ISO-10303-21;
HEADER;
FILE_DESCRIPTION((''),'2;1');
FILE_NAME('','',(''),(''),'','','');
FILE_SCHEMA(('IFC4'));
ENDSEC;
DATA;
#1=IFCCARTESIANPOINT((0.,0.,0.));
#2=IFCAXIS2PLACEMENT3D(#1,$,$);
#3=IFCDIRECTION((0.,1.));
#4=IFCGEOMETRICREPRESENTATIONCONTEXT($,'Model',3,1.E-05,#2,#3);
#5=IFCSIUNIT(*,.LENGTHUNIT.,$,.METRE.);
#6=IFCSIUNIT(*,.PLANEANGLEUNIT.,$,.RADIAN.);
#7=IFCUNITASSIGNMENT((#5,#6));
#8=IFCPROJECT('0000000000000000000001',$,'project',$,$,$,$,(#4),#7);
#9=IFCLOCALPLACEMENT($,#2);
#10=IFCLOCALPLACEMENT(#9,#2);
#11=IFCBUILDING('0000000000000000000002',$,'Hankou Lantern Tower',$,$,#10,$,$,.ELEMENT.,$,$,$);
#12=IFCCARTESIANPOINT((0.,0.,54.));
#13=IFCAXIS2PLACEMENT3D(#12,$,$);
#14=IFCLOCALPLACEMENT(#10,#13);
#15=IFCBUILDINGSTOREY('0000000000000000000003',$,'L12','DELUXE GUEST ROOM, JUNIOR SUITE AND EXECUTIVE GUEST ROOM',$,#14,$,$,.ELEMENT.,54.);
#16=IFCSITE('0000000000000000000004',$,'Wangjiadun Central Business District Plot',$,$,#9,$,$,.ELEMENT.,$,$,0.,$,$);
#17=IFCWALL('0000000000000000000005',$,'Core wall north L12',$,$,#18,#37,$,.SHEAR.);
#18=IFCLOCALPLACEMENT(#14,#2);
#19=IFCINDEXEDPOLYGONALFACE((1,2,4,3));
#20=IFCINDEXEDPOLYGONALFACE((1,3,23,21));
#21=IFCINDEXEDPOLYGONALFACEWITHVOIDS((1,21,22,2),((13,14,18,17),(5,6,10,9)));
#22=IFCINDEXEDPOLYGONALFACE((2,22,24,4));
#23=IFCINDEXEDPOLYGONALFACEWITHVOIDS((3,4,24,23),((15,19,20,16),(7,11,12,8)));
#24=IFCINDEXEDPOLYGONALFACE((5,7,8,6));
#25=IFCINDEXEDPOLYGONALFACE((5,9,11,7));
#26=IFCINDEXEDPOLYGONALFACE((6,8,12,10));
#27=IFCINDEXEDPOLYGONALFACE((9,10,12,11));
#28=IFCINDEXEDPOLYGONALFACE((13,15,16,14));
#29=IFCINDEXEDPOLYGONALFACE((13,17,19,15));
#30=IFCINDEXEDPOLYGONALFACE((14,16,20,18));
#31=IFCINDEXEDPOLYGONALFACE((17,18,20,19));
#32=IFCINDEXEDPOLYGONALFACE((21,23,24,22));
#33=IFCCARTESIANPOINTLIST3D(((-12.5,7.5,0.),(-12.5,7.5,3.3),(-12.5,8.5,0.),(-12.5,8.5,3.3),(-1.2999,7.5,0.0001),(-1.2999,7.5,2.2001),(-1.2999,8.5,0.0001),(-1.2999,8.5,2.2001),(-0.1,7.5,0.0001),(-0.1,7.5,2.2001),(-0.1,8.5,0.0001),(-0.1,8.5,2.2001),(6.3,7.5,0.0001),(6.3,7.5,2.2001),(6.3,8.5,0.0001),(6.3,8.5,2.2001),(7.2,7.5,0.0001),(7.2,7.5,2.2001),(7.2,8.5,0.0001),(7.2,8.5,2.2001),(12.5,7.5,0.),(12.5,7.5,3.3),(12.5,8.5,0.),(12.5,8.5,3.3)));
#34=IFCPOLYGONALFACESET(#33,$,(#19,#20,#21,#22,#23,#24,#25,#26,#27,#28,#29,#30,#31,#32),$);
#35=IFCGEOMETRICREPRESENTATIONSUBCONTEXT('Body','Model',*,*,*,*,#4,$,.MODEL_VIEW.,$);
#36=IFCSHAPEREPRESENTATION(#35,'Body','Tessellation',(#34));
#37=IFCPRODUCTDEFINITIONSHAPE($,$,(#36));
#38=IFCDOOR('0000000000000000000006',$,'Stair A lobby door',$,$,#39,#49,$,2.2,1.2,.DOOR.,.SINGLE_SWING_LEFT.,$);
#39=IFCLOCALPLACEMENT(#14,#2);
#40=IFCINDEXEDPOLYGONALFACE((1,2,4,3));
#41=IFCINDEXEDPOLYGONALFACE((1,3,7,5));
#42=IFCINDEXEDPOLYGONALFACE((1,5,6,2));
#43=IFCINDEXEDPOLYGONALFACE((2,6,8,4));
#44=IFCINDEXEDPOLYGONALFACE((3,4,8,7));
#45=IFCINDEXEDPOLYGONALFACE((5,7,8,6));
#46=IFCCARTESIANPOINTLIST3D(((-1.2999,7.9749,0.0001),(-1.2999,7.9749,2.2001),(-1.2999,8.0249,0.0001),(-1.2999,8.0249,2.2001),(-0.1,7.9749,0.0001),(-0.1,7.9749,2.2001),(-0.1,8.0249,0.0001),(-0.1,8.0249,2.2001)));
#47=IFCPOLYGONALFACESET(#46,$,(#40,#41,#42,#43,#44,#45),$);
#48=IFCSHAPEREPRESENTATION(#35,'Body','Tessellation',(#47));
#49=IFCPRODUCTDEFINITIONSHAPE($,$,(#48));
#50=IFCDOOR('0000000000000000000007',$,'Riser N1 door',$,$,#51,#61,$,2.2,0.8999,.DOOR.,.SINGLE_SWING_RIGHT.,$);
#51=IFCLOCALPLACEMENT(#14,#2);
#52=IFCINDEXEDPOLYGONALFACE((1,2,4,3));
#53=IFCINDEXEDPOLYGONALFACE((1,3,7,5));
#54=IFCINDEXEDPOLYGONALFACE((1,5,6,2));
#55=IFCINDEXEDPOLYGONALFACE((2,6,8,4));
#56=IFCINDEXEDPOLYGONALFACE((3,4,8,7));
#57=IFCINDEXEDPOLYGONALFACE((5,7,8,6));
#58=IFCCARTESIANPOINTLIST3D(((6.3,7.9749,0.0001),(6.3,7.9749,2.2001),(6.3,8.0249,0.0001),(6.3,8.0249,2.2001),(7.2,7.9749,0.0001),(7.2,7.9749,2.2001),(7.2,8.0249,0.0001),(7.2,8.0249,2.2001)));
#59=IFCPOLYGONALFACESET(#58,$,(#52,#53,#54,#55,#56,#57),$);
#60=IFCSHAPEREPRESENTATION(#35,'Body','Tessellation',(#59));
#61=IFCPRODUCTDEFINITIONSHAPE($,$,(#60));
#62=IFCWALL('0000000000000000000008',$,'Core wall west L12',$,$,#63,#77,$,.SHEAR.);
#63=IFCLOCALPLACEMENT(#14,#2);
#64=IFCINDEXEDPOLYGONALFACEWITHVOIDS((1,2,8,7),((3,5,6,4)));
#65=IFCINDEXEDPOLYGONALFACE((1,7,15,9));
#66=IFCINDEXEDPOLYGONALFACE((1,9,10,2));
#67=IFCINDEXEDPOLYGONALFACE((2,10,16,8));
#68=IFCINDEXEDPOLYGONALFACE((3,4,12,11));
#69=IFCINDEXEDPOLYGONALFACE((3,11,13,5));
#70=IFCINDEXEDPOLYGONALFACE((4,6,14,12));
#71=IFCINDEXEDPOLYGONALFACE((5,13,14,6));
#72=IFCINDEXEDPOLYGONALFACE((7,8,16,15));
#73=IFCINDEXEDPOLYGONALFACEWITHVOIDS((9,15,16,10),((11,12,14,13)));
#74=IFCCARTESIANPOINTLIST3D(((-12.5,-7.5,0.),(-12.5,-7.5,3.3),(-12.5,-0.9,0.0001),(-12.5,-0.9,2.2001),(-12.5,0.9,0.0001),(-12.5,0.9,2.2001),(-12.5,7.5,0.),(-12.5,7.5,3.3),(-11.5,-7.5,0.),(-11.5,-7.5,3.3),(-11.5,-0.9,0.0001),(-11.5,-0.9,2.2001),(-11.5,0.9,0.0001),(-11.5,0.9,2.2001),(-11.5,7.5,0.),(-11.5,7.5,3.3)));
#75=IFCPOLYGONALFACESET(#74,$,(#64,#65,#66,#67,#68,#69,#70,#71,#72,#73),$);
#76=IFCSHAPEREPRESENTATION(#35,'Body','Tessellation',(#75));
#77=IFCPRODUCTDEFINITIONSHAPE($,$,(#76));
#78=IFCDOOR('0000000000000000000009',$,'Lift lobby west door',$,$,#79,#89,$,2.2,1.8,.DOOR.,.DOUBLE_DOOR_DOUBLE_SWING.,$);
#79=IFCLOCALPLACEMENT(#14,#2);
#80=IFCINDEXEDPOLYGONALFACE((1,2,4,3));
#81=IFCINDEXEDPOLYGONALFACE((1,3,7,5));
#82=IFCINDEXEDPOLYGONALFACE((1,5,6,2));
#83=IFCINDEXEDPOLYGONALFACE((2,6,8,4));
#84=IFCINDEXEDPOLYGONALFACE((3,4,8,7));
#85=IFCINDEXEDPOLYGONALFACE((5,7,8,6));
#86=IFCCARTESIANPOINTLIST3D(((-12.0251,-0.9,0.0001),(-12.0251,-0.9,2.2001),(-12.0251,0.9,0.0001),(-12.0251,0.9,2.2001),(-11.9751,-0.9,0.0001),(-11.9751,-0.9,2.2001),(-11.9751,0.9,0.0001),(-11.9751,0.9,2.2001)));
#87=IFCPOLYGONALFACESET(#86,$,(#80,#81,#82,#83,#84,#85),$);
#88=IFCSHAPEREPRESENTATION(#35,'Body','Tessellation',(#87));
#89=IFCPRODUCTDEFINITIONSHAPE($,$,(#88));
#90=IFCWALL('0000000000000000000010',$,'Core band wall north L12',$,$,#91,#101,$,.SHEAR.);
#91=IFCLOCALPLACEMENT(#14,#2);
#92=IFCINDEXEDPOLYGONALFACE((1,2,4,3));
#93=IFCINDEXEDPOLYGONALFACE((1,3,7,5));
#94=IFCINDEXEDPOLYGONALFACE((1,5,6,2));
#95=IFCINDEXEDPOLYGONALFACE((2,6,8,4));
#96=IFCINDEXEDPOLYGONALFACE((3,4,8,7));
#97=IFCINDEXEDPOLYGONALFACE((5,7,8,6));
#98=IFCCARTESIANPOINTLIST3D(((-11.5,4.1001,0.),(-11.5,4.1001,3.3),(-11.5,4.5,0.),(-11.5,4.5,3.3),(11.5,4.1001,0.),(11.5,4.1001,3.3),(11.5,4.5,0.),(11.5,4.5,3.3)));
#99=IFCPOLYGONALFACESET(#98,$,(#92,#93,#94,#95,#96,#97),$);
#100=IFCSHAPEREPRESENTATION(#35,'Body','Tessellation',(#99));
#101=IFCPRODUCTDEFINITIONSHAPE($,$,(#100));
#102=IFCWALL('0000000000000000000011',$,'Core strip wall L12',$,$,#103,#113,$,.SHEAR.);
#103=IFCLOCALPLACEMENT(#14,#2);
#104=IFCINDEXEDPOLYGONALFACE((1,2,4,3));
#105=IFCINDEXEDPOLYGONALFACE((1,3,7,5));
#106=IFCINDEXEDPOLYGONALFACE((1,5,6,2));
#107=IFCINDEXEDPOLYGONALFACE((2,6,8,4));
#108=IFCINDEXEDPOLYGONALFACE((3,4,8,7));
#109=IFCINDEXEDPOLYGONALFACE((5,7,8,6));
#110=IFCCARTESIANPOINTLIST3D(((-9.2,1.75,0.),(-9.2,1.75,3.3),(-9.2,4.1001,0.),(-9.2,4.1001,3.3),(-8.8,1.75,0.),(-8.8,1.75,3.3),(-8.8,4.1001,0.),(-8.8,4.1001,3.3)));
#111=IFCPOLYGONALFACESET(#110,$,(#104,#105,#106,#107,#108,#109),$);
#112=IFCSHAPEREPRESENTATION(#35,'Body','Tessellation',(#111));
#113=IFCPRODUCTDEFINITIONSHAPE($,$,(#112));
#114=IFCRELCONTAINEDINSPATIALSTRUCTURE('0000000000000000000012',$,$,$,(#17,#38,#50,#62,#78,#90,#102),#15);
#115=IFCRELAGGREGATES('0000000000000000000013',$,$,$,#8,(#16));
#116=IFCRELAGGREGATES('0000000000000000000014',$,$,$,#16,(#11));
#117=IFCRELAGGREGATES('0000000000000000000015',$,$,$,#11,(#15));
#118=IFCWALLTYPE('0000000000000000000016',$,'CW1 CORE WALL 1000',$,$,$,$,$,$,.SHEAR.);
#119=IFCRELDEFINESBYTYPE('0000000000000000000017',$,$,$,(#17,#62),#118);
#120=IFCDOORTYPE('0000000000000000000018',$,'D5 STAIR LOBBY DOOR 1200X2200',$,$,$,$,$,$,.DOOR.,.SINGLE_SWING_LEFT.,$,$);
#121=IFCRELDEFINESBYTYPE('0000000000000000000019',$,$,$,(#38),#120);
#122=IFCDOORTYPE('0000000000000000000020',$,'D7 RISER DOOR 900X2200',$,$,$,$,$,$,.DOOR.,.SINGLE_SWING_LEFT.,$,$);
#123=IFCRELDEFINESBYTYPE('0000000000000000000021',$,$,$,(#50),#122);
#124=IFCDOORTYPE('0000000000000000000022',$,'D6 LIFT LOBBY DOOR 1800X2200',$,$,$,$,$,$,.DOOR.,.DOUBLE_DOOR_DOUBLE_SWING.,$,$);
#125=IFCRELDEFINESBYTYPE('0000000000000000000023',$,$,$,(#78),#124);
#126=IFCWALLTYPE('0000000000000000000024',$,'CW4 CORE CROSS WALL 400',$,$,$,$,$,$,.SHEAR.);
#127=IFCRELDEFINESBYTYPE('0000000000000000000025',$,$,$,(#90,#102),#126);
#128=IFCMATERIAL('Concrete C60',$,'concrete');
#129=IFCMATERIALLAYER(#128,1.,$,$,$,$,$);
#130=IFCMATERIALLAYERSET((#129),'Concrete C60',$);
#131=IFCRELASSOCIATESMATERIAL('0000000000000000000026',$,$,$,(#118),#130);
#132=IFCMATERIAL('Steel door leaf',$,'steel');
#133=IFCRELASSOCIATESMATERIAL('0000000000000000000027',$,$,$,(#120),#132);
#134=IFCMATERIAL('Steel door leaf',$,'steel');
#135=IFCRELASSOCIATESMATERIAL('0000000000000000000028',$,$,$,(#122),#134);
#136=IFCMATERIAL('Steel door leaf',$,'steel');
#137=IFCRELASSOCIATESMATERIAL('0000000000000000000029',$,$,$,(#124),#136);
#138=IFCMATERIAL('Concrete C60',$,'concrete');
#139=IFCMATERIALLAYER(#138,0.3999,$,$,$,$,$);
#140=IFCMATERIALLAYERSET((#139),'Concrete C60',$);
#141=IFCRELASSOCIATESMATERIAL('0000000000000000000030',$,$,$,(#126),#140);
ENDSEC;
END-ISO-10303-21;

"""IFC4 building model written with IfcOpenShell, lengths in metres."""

from ifc_helpers import new_model, si_unit, direction, frame, frame_2d, origin, place, context, subcontext, project, spatial, rectangle, extrude, material, layer, layer_set, type_object, element, fill, save


model = new_model("IFC4")

# Units and contexts
model_context = context("Model", 3, precision=1e-05, world=origin(), true_north=direction((0.0, 1.0)))
body_context = subcontext(model_context, "Body", "Model", "MODEL_VIEW")
ifc_project = project(units=[si_unit("LENGTHUNIT", "METRE"), si_unit("PLANEANGLEUNIT", "RADIAN")], contexts=[model_context])

# Site, building, storey
site_placement = place(None, origin())
site = spatial("IfcSite", under=ifc_project, at=site_placement, Name="Wangjiadun Central Business District Plot", CompositionType="ELEMENT", RefElevation=0.0)
building_placement = place(site_placement, origin())
building = spatial("IfcBuilding", under=site, at=building_placement, Name="Hankou Lantern Tower", CompositionType="ELEMENT")
storey_placement = place(building_placement, frame((0.0, 0.0, 54.0)))
storey = spatial("IfcBuildingStorey", under=building, at=storey_placement, Name="L12", Description="DELUXE GUEST ROOM, JUNIOR SUITE AND EXECUTIVE GUEST ROOM", CompositionType="ELEMENT", Elevation=54.0)

# Wall, openings, doors
ifc_material_1 = material(Name="Concrete C60", Category="concrete")
ifc_layer_1 = layer(ifc_material_1, 1.0)
ifc_layer_set_1 = layer_set([ifc_layer_1], Name="Concrete C60")
wall_type_1 = type_object("IfcWallType", Name="CW1 CORE WALL 1000", PredefinedType="SHEAR", material=ifc_layer_set_1)
wall_1_placement = place(storey_placement, frame((-12.5, 8.0, 0.0), z_axis=(0.0, 0.0, 1.0), x_axis=(1.0, 0.0, 0.0)))
wall_1 = element("IfcWall", 1, at=wall_1_placement, inside=storey, type_object=wall_type_1, Name="Core wall north L12", PredefinedType="SHEAR", context=body_context, shape_type="SweptSolid", body=[
    extrude(rectangle(XDim=25.0, YDim=1.0, at=frame_2d((12.5, 0.0))), origin(), (0.0, 0.0, 1.0), 3.3),
])
opening_1_placement = place(wall_1_placement, frame((11.2, 0.0, 0.0)))
opening_1 = element("IfcOpeningElement", 2, at=opening_1_placement, cuts=wall_1, PredefinedType="OPENING", context=body_context, shape_type="SweptSolid", body=[
    extrude(rectangle(XDim=1.2, YDim=2.2, at=frame_2d((0.6001, 1.1001))), frame((0.0, 0.51, 0.0), z_axis=(0.0, -1.0, 0.0), x_axis=(1.0, 0.0, 0.0)), (0.0, 0.0, 1.0), 1.02),
])
opening_2_placement = place(wall_1_placement, frame((18.8, 0.0, 0.0)))
opening_2 = element("IfcOpeningElement", 3, at=opening_2_placement, cuts=wall_1, PredefinedType="OPENING", context=body_context, shape_type="SweptSolid", body=[
    extrude(rectangle(XDim=0.8999, YDim=2.2, at=frame_2d((0.45, 1.1001))), frame((0.0, 0.51, 0.0), z_axis=(0.0, -1.0, 0.0), x_axis=(1.0, 0.0, 0.0)), (0.0, 0.0, 1.0), 1.02),
])
ifc_material_2 = material(Name="Steel door leaf", Category="steel")
door_type_1 = type_object("IfcDoorType", Name="D5 STAIR LOBBY DOOR 1200X2200", OperationType="SINGLE_SWING_LEFT", PredefinedType="DOOR", material=ifc_material_2)
door_1_placement = place(opening_1_placement, origin())
door_1 = element("IfcDoor", 4, at=door_1_placement, inside=storey, type_object=door_type_1, Name="Stair A lobby door", OperationType="SINGLE_SWING_LEFT", OverallHeight=2.2, OverallWidth=1.2, PredefinedType="DOOR", context=body_context, shape_type="SweptSolid", body=[
    extrude(rectangle(XDim=1.2, YDim=2.2, at=frame_2d((0.6001, 1.1001))), frame((0.0, 0.0249, 0.0), z_axis=(0.0, -1.0, 0.0), x_axis=(1.0, 0.0, 0.0)), (0.0, 0.0, 1.0), 0.05),
])
fill(opening_1, door_1)
ifc_material_3 = material(Name="Steel door leaf", Category="steel")
door_type_2 = type_object("IfcDoorType", Name="D7 RISER DOOR 900X2200", OperationType="SINGLE_SWING_LEFT", PredefinedType="DOOR", material=ifc_material_3)
door_2_placement = place(opening_2_placement, origin())
door_2 = element("IfcDoor", 5, at=door_2_placement, inside=storey, type_object=door_type_2, Name="Riser N1 door", OperationType="SINGLE_SWING_RIGHT", OverallHeight=2.2, OverallWidth=0.8999, PredefinedType="DOOR", context=body_context, shape_type="SweptSolid", body=[
    extrude(rectangle(XDim=0.8999, YDim=2.2, at=frame_2d((0.45, 1.1001))), frame((0.0, 0.0249, 0.0), z_axis=(0.0, -1.0, 0.0), x_axis=(1.0, 0.0, 0.0)), (0.0, 0.0, 1.0), 0.05),
])
fill(opening_2, door_2)

# Wall, opening, door
wall_2_placement = place(storey_placement, frame((-12.0, 7.5, 0.0), z_axis=(0.0, 0.0, 1.0), x_axis=(0.0, -1.0, 0.0)))
wall_2 = element("IfcWall", 6, at=wall_2_placement, inside=storey, type_object=wall_type_1, Name="Core wall west L12", PredefinedType="SHEAR", context=body_context, shape_type="SweptSolid", body=[
    extrude(rectangle(XDim=15.0, YDim=1.0, at=frame_2d((7.5, 0.0))), origin(), (0.0, 0.0, 1.0), 3.3),
])
opening_3_placement = place(wall_2_placement, frame((6.6001, 0.0, 0.0)))
opening_3 = element("IfcOpeningElement", 7, at=opening_3_placement, cuts=wall_2, PredefinedType="OPENING", context=body_context, shape_type="SweptSolid", body=[
    extrude(rectangle(XDim=1.8, YDim=2.2, at=frame_2d((0.8999, 1.1001))), frame((0.0, 0.51, 0.0), z_axis=(0.0, -1.0, 0.0), x_axis=(1.0, 0.0, 0.0)), (0.0, 0.0, 1.0), 1.02),
])
ifc_material_4 = material(Name="Steel door leaf", Category="steel")
door_type_3 = type_object("IfcDoorType", Name="D6 LIFT LOBBY DOOR 1800X2200", OperationType="DOUBLE_DOOR_DOUBLE_SWING", PredefinedType="DOOR", material=ifc_material_4)
door_3_placement = place(opening_3_placement, origin())
door_3 = element("IfcDoor", 8, at=door_3_placement, inside=storey, type_object=door_type_3, Name="Lift lobby west door", OperationType="DOUBLE_DOOR_DOUBLE_SWING", OverallHeight=2.2, OverallWidth=1.8, PredefinedType="DOOR", context=body_context, shape_type="SweptSolid", body=[
    extrude(rectangle(XDim=1.8, YDim=2.2, at=frame_2d((0.8999, 1.1001))), frame((0.0, 0.0249, 0.0), z_axis=(0.0, -1.0, 0.0), x_axis=(1.0, 0.0, 0.0)), (0.0, 0.0, 1.0), 0.05),
])
fill(opening_3, door_3)

# Walls
ifc_material_5 = material(Name="Concrete C60", Category="concrete")
ifc_layer_2 = layer(ifc_material_5, 0.3999)
ifc_layer_set_2 = layer_set([ifc_layer_2], Name="Concrete C60")
wall_type_2 = type_object("IfcWallType", Name="CW4 CORE CROSS WALL 400", PredefinedType="SHEAR", material=ifc_layer_set_2)
wall_3_placement = place(storey_placement, frame((-11.5, 4.3, 0.0), z_axis=(0.0, 0.0, 1.0), x_axis=(1.0, 0.0, 0.0)))
element("IfcWall", 9, at=wall_3_placement, inside=storey, type_object=wall_type_2, Name="Core band wall north L12", PredefinedType="SHEAR", context=body_context, shape_type="SweptSolid", body=[
    extrude(rectangle(XDim=23.0, YDim=0.3999, at=frame_2d((11.5, 0.0))), origin(), (0.0, 0.0, 1.0), 3.3),
])
wall_4_placement = place(storey_placement, frame((-9.0, 1.75, 0.0), z_axis=(0.0, 0.0, 1.0), x_axis=(0.0, 1.0, 0.0)))
element("IfcWall", 10, at=wall_4_placement, inside=storey, type_object=wall_type_2, Name="Core strip wall L12", PredefinedType="SHEAR", context=body_context, shape_type="SweptSolid", body=[
    extrude(rectangle(XDim=2.3501, YDim=0.3999, at=frame_2d((1.175, 0.0))), origin(), (0.0, 0.0, 1.0), 3.3),
])

save(model, "model.ifc")
